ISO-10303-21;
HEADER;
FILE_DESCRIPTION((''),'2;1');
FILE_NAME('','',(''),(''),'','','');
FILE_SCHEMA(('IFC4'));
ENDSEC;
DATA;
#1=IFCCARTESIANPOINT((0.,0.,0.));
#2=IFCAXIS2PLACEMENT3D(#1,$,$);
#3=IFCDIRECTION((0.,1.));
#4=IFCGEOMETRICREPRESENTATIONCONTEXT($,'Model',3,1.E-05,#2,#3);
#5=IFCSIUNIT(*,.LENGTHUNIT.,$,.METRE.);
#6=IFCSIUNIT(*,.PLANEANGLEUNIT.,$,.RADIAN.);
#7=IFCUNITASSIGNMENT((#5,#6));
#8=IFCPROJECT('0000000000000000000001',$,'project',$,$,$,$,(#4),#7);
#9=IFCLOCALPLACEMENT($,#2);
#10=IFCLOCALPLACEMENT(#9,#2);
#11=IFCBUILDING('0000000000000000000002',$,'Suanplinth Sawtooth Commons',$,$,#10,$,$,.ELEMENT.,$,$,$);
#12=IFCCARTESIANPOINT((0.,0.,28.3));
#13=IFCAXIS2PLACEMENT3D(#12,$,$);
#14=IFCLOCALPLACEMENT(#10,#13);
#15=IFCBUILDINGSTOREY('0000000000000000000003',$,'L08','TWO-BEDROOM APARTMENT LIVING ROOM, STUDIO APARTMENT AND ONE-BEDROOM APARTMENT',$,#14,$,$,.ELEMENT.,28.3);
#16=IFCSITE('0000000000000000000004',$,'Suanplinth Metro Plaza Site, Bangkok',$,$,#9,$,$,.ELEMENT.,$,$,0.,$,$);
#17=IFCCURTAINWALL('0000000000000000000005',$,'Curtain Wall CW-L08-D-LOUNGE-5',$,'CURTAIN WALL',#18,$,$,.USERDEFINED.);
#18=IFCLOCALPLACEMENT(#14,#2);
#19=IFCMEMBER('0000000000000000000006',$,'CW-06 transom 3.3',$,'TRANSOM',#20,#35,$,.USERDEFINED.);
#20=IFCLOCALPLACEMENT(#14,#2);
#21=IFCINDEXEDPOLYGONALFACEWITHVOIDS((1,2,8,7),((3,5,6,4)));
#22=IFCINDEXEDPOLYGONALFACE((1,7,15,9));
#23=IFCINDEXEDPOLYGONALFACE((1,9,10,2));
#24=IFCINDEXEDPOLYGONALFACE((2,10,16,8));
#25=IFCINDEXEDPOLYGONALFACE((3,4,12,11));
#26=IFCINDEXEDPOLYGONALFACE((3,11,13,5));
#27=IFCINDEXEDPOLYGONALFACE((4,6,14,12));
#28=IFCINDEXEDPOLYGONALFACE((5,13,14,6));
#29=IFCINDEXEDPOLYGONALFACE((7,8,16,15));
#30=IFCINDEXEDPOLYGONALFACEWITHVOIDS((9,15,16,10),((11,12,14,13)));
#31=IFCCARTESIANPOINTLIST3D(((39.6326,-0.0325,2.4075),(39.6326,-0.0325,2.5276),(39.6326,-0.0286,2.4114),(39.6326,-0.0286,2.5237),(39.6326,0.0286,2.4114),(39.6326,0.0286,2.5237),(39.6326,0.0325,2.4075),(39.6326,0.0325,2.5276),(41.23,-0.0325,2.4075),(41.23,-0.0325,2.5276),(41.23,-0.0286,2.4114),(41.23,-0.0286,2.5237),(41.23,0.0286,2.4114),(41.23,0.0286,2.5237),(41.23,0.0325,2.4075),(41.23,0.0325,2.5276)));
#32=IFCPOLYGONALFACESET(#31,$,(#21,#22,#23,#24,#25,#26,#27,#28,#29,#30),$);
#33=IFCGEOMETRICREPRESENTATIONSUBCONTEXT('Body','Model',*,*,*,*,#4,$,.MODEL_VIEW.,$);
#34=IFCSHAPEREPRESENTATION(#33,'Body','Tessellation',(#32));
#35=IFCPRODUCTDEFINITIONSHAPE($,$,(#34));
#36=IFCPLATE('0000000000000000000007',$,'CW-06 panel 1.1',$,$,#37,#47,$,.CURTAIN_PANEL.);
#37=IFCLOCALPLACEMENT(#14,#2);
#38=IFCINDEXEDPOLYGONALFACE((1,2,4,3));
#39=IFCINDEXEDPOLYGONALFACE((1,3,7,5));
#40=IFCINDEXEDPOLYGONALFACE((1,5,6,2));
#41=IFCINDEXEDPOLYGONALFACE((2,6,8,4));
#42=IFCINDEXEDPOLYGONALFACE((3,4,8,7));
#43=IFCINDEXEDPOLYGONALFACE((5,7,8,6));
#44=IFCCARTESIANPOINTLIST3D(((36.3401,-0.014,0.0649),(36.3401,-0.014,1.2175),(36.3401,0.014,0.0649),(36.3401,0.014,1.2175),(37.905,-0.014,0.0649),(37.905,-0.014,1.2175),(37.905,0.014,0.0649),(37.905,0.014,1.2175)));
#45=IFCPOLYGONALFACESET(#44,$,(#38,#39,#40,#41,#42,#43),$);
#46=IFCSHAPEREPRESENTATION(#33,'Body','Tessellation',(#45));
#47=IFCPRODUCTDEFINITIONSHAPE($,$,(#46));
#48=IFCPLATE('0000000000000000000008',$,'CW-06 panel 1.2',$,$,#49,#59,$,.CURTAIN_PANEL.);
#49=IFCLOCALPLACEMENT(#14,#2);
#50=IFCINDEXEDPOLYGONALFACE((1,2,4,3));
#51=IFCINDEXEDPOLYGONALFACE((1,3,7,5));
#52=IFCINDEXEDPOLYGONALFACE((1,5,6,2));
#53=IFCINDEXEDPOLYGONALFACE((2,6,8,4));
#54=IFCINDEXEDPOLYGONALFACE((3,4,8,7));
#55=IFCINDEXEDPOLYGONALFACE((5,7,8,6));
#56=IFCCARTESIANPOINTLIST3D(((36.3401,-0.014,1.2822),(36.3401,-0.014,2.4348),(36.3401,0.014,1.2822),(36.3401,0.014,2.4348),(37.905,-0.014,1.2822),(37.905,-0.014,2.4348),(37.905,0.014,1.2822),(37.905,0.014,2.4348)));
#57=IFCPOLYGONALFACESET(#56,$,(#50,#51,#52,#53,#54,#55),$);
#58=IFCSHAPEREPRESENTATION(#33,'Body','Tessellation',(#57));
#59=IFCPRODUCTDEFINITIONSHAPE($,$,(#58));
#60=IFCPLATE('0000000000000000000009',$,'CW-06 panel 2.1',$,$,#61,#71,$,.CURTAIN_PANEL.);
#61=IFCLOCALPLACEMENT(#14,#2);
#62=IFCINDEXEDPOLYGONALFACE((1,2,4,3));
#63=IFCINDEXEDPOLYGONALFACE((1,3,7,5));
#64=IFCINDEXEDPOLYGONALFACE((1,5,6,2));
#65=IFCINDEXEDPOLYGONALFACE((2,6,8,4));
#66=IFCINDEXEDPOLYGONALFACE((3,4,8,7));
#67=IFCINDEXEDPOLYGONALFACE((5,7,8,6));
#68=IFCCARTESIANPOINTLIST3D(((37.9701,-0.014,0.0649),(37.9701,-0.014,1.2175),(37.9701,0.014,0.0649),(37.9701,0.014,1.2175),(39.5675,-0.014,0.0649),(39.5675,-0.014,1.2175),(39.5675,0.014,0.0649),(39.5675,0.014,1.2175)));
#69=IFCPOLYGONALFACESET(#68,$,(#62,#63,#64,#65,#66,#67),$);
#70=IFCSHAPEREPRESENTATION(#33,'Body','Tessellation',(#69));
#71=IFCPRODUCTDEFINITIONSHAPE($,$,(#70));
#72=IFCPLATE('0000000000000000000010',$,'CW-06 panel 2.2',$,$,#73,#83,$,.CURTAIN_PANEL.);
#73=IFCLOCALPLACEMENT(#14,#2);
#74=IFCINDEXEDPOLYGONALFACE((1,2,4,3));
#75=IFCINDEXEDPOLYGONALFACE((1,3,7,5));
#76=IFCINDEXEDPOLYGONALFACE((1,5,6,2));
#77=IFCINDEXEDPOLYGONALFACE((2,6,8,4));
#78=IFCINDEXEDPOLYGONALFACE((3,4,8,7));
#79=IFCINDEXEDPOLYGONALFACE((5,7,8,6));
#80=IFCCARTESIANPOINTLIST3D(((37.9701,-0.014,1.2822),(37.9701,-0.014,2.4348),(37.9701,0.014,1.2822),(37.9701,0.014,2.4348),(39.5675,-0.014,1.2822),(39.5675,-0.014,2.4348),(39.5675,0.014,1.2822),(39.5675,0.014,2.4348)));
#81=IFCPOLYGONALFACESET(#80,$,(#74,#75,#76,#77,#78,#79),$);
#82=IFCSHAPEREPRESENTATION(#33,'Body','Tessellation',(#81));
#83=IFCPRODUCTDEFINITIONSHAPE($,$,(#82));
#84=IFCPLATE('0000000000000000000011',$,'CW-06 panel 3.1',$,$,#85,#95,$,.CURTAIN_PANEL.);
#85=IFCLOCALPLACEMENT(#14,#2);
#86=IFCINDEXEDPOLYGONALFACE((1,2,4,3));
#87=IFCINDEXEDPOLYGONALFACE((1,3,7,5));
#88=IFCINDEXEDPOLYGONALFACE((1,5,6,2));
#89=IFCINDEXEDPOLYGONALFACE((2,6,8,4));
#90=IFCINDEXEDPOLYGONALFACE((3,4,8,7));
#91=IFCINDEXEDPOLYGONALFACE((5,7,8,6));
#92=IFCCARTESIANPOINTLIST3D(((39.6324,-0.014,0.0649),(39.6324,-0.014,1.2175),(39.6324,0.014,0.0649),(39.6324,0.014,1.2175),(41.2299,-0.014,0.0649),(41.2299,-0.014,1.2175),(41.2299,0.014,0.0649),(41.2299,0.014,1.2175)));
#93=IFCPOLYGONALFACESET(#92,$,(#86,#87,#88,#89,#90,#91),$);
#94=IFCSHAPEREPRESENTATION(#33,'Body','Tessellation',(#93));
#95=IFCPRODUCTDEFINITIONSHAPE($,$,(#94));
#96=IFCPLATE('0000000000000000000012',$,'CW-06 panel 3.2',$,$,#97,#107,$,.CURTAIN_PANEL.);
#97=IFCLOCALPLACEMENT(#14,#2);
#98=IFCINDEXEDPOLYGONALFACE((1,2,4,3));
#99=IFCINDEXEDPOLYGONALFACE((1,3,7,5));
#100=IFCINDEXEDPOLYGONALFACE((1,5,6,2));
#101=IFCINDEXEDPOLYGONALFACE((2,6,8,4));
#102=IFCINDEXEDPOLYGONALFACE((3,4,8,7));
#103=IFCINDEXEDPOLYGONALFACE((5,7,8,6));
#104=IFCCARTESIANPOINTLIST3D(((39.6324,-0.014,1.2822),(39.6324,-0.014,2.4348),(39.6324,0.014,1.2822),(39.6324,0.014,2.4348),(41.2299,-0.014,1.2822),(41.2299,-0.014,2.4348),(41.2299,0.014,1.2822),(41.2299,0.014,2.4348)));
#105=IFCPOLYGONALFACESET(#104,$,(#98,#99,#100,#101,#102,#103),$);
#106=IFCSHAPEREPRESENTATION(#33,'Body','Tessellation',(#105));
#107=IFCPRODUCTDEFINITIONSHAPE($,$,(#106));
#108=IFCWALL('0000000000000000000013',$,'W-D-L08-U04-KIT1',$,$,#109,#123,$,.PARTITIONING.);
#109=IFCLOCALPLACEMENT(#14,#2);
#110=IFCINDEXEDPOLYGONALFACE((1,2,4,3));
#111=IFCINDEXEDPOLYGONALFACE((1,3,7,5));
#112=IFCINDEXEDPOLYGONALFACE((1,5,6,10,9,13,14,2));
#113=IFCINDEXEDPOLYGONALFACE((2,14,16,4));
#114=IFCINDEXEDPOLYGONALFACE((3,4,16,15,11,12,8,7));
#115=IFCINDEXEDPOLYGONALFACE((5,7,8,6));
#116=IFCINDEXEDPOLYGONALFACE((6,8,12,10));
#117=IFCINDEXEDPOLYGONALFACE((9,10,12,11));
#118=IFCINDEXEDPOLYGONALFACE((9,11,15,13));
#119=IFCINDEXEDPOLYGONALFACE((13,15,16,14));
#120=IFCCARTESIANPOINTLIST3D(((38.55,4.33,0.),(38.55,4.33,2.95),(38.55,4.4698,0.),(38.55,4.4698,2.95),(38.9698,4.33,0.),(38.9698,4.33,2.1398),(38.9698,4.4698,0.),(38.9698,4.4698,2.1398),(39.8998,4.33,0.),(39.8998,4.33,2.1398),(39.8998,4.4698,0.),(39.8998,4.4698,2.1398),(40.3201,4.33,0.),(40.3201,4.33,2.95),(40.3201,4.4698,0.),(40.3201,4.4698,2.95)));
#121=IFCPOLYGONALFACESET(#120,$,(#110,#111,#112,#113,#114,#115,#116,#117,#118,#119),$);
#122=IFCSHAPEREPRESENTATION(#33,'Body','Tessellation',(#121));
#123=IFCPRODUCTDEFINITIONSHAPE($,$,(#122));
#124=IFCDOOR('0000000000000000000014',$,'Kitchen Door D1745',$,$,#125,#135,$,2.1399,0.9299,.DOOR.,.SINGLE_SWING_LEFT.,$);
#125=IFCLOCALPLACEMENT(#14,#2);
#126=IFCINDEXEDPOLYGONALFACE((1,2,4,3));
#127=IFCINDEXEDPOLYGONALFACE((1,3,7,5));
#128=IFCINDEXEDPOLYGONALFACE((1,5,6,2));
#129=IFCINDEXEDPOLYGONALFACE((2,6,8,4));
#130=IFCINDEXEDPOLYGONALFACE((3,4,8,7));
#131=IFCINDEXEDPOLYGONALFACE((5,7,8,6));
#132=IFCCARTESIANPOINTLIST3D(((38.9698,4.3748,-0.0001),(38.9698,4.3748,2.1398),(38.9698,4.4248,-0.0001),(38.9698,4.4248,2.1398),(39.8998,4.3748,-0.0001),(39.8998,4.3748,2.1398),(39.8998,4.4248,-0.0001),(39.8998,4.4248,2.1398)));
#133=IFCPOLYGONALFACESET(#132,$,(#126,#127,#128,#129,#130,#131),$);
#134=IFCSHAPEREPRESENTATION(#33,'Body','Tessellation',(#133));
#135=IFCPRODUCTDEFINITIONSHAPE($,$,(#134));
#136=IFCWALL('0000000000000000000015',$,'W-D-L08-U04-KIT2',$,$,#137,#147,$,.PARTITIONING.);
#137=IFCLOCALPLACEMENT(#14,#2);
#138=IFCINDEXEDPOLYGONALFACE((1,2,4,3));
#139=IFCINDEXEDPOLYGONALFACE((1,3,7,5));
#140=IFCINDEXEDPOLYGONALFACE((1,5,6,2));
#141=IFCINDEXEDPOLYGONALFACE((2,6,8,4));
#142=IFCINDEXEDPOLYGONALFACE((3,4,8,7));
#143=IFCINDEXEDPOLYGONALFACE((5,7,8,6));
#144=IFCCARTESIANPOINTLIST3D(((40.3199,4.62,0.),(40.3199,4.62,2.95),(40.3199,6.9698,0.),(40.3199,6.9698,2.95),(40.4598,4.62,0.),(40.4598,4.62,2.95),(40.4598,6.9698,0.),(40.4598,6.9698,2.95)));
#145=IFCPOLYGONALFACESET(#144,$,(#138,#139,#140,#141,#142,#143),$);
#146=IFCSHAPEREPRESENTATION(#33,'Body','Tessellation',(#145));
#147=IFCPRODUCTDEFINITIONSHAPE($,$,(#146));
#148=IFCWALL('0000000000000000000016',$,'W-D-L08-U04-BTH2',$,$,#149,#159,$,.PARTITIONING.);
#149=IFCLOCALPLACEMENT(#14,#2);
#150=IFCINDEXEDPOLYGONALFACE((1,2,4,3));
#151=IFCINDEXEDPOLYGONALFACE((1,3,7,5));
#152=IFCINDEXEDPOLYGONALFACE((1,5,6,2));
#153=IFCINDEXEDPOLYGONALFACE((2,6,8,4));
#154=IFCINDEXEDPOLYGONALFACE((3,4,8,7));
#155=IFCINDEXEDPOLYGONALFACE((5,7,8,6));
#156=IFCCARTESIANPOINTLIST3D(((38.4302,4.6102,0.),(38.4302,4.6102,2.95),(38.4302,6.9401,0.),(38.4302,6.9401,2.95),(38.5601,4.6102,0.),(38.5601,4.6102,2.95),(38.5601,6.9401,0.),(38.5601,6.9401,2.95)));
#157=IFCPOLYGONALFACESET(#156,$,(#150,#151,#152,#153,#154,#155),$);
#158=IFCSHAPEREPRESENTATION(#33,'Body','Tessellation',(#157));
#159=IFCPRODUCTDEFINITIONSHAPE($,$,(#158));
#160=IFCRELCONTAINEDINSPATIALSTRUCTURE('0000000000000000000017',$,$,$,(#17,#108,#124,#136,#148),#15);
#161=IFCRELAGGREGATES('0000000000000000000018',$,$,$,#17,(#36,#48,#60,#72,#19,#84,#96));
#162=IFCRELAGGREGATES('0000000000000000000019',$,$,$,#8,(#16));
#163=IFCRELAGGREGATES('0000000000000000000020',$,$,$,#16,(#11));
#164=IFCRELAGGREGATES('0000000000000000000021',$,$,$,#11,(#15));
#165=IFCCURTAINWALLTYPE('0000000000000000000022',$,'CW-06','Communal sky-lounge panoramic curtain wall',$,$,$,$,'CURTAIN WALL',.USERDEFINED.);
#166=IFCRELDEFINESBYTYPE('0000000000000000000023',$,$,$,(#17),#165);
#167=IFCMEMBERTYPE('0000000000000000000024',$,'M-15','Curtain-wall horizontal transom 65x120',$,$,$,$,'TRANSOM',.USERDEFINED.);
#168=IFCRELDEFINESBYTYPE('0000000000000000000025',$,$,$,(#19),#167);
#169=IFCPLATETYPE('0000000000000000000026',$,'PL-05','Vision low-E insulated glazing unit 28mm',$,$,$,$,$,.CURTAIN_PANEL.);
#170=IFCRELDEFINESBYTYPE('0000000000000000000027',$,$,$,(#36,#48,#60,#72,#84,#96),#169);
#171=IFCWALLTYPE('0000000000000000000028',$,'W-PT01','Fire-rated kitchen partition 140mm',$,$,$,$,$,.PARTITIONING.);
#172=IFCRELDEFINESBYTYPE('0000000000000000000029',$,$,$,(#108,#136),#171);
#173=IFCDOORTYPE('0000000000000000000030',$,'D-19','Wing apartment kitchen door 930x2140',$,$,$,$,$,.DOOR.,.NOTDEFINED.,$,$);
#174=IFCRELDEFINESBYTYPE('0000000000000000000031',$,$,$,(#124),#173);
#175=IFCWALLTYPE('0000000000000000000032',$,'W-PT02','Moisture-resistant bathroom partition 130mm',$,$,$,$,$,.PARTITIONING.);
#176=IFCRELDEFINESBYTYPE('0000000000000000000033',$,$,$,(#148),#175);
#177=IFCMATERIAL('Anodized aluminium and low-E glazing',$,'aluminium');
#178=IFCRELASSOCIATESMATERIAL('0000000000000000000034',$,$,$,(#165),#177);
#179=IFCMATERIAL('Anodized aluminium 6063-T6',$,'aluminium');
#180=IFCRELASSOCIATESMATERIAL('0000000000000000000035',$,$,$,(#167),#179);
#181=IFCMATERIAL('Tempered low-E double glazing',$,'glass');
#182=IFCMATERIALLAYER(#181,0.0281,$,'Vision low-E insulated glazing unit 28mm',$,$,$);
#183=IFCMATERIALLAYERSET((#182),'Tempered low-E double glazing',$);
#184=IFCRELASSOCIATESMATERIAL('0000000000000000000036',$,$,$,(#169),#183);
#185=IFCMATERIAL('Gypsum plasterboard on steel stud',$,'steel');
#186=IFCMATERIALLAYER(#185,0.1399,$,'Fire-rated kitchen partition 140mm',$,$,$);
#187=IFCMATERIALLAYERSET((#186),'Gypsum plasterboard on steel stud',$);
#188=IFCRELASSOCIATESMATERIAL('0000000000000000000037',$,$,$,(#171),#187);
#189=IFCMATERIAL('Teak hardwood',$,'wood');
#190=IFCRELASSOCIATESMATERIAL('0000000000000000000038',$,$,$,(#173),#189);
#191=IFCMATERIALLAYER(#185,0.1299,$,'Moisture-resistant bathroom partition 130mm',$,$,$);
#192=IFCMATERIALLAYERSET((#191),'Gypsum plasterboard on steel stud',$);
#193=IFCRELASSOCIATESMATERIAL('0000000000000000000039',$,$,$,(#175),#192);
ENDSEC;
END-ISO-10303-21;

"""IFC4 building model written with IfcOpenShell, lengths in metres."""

from ifc_helpers import new_model, si_unit, direction, frame, frame_2d, origin, origin_2d, place, context, subcontext, project, spatial, rectangle, hollow_rectangle, extrude, material, layer, layer_set, material_profile, profile_set, type_object, element, fill, aggregate, save


model = new_model("IFC4")

# Units and contexts
model_context = context("Model", 3, precision=1e-05, world=origin(), true_north=direction((0.0, 1.0)))
body_context = subcontext(model_context, "Body", "Model", "MODEL_VIEW")
ifc_project = project(units=[si_unit("LENGTHUNIT", "METRE"), si_unit("PLANEANGLEUNIT", "RADIAN")], contexts=[model_context])

# Site, building, storey
site_placement = place(None, origin())
site = spatial("IfcSite", under=ifc_project, at=site_placement, Name="Suanplinth Metro Plaza Site, Bangkok", CompositionType="ELEMENT", RefElevation=0.0)
building_placement = place(site_placement, origin())
building = spatial("IfcBuilding", under=site, at=building_placement, Name="Suanplinth Sawtooth Commons", CompositionType="ELEMENT")
storey_placement = place(building_placement, frame((0.0, 0.0, 28.3)))
storey = spatial("IfcBuildingStorey", under=building, at=storey_placement, Name="L08", Description="TWO-BEDROOM APARTMENT LIVING ROOM, STUDIO APARTMENT AND ONE-BEDROOM APARTMENT", CompositionType="ELEMENT", Elevation=28.3)

# Curtain wall, member, plates
ifc_material_1 = material(Name="Anodized aluminium and low-E glazing", Category="aluminium")
curtain_wall_type = type_object("IfcCurtainWallType", Name="CW-06", Description="Communal sky-lounge panoramic curtain wall", ElementType="CURTAIN WALL", PredefinedType="USERDEFINED", material=ifc_material_1)
curtain_wall_placement = place(storey_placement, origin())
curtain_wall = element("IfcCurtainWall", 1, at=curtain_wall_placement, inside=storey, type_object=curtain_wall_type, Name="Curtain Wall CW-L08-D-LOUNGE-5", ObjectType="CURTAIN WALL", PredefinedType="USERDEFINED")
ifc_material_2 = material(Name="Anodized aluminium 6063-T6", Category="aluminium")
ifc_material_profile_1 = material_profile(ifc_material_2, hollow_rectangle(XDim=0.0649, YDim=0.1201, WallThickness=0.0039, at=origin_2d()), Name="ALU-TRN 65x120")
ifc_profile_set_1 = profile_set([ifc_material_profile_1], Name="Anodized aluminium 6063-T6")
member_type_1 = type_object("IfcMemberType", Name="M-15", Description="Curtain-wall horizontal transom 65x120", ElementType="TRANSOM", PredefinedType="USERDEFINED", material=ifc_profile_set_1)
member_1_placement = place(storey_placement, frame((39.6326, 0.0, 2.4675), z_axis=(1.0, 0.0, 0.0), x_axis=(0.0, 1.0, 0.0)))
member_1 = element("IfcMember", 2, at=member_1_placement, type_object=member_type_1, Name="CW-06 transom 3.3", ObjectType="TRANSOM", PredefinedType="USERDEFINED", context=body_context, shape_type="SweptSolid", body=[
    extrude(hollow_rectangle(XDim=0.0649, YDim=0.1201, WallThickness=0.0039, at=origin_2d()), origin(), (0.0, 0.0, 1.0), 1.5974),
])
ifc_material_3 = material(Name="Tempered low-E double glazing", Category="glass")
ifc_layer_1 = layer(ifc_material_3, 0.0281, Name="Vision low-E insulated glazing unit 28mm")
ifc_layer_set_1 = layer_set([ifc_layer_1], Name="Tempered low-E double glazing")
plate_type = type_object("IfcPlateType", Name="PL-05", Description="Vision low-E insulated glazing unit 28mm", PredefinedType="CURTAIN_PANEL", material=ifc_layer_set_1)
plate_1_placement = place(storey_placement, frame((37.1226, 0.0, 0.0649), z_axis=(0.0, 0.0, 1.0), x_axis=(1.0, 0.0, 0.0)))
plate_1 = element("IfcPlate", 3, at=plate_1_placement, type_object=plate_type, Name="CW-06 panel 1.1", PredefinedType="CURTAIN_PANEL", context=body_context, shape_type="SweptSolid", body=[
    extrude(rectangle(XDim=1.5649, YDim=0.0281, at=origin_2d()), origin(), (0.0, 0.0, 1.0), 1.1526),
])
plate_2_placement = place(storey_placement, frame((37.1226, 0.0, 1.2822), z_axis=(0.0, 0.0, 1.0), x_axis=(1.0, 0.0, 0.0)))
plate_2 = element("IfcPlate", 4, at=plate_2_placement, type_object=plate_type, Name="CW-06 panel 1.2", PredefinedType="CURTAIN_PANEL", context=body_context, shape_type="SweptSolid", body=[
    extrude(rectangle(XDim=1.5649, YDim=0.0281, at=origin_2d()), origin(), (0.0, 0.0, 1.0), 1.1526),
])
plate_3_placement = place(storey_placement, frame((38.7688, 0.0, 0.0649), z_axis=(0.0, 0.0, 1.0), x_axis=(1.0, 0.0, 0.0)))
plate_3 = element("IfcPlate", 5, at=plate_3_placement, type_object=plate_type, Name="CW-06 panel 2.1", PredefinedType="CURTAIN_PANEL", context=body_context, shape_type="SweptSolid", body=[
    extrude(rectangle(XDim=1.5974, YDim=0.0281, at=origin_2d()), origin(), (0.0, 0.0, 1.0), 1.1526),
])
plate_4_placement = place(storey_placement, frame((38.7688, 0.0, 1.2822), z_axis=(0.0, 0.0, 1.0), x_axis=(1.0, 0.0, 0.0)))
plate_4 = element("IfcPlate", 6, at=plate_4_placement, type_object=plate_type, Name="CW-06 panel 2.2", PredefinedType="CURTAIN_PANEL", context=body_context, shape_type="SweptSolid", body=[
    extrude(rectangle(XDim=1.5974, YDim=0.0281, at=origin_2d()), origin(), (0.0, 0.0, 1.0), 1.1526),
])
plate_5_placement = place(storey_placement, frame((40.4312, 0.0, 0.0649), z_axis=(0.0, 0.0, 1.0), x_axis=(1.0, 0.0, 0.0)))
plate_5 = element("IfcPlate", 7, at=plate_5_placement, type_object=plate_type, Name="CW-06 panel 3.1", PredefinedType="CURTAIN_PANEL", context=body_context, shape_type="SweptSolid", body=[
    extrude(rectangle(XDim=1.5974, YDim=0.0281, at=origin_2d()), origin(), (0.0, 0.0, 1.0), 1.1526),
])
plate_6_placement = place(storey_placement, frame((40.4312, 0.0, 1.2822), z_axis=(0.0, 0.0, 1.0), x_axis=(1.0, 0.0, 0.0)))
plate_6 = element("IfcPlate", 8, at=plate_6_placement, type_object=plate_type, Name="CW-06 panel 3.2", PredefinedType="CURTAIN_PANEL", context=body_context, shape_type="SweptSolid", body=[
    extrude(rectangle(XDim=1.5974, YDim=0.0281, at=origin_2d()), origin(), (0.0, 0.0, 1.0), 1.1526),
])
aggregate(curtain_wall, [plate_1, plate_2, plate_3, plate_4, member_1, plate_5, plate_6])

# Wall, opening, door
ifc_material_4 = material(Name="Gypsum plasterboard on steel stud", Category="steel")
ifc_layer_2 = layer(ifc_material_4, 0.1399, Name="Fire-rated kitchen partition 140mm")
ifc_layer_set_2 = layer_set([ifc_layer_2], Name="Gypsum plasterboard on steel stud")
wall_type_1 = type_object("IfcWallType", Name="W-PT01", Description="Fire-rated kitchen partition 140mm", PredefinedType="PARTITIONING", material=ifc_layer_set_2)
wall_1_placement = place(storey_placement, frame((38.55, 4.3999, 0.0), z_axis=(0.0, 0.0, 1.0), x_axis=(1.0, 0.0, 0.0)))
wall_1 = element("IfcWall", 9, at=wall_1_placement, inside=storey, type_object=wall_type_1, Name="W-D-L08-U04-KIT1", PredefinedType="PARTITIONING", context=body_context, shape_type="SweptSolid", body=[
    extrude(rectangle(XDim=1.77, YDim=0.1399, at=frame_2d((0.885, 0.0))), origin(), (0.0, 0.0, 1.0), 2.95),
])
opening_1_placement = place(wall_1_placement, frame((0.4199, 0.0, 0.0)))
opening_1 = element("IfcOpeningElement", 10, at=opening_1_placement, cuts=wall_1, PredefinedType="OPENING", context=body_context, shape_type="SweptSolid", body=[
    extrude(rectangle(XDim=0.9299, YDim=2.1399, at=frame_2d((0.4648, 1.0698))), frame((0.0, 0.085, 0.0), z_axis=(0.0, -1.0, 0.0), x_axis=(1.0, 0.0, 0.0)), (0.0, 0.0, 1.0), 0.1697),
])
ifc_material_5 = material(Name="Teak hardwood", Category="wood")
door_type_1 = type_object("IfcDoorType", Name="D-19", Description="Wing apartment kitchen door 930x2140", OperationType="NOTDEFINED", PredefinedType="DOOR", material=ifc_material_5)
door_1_placement = place(opening_1_placement, origin())
door_1 = element("IfcDoor", 11, at=door_1_placement, inside=storey, type_object=door_type_1, Name="Kitchen Door D1745", OperationType="SINGLE_SWING_LEFT", OverallHeight=2.1399, OverallWidth=0.9299, PredefinedType="DOOR", context=body_context, shape_type="SweptSolid", body=[
    extrude(rectangle(XDim=0.9299, YDim=2.1399, at=frame_2d((0.4648, 1.0698))), frame((0.0, 0.0249, 0.0), z_axis=(0.0, -1.0, 0.0), x_axis=(1.0, 0.0, 0.0)), (0.0, 0.0, 1.0), 0.05),
])
fill(opening_1, door_1)

# Walls
wall_2_placement = place(storey_placement, frame((40.3899, 4.6201, 0.0), z_axis=(0.0, 0.0, 1.0), x_axis=(0.0, 1.0, 0.0)))
element("IfcWall", 12, at=wall_2_placement, inside=storey, type_object=wall_type_1, Name="W-D-L08-U04-KIT2", PredefinedType="PARTITIONING", context=body_context, shape_type="SweptSolid", body=[
    extrude(rectangle(XDim=2.3499, YDim=0.1399, at=frame_2d((1.1748, 0.0))), origin(), (0.0, 0.0, 1.0), 2.95),
])
ifc_layer_3 = layer(ifc_material_4, 0.1299, Name="Moisture-resistant bathroom partition 130mm")
ifc_layer_set_3 = layer_set([ifc_layer_3], Name="Gypsum plasterboard on steel stud")
wall_type_2 = type_object("IfcWallType", Name="W-PT02", Description="Moisture-resistant bathroom partition 130mm", PredefinedType="PARTITIONING", material=ifc_layer_set_3)
wall_3_placement = place(storey_placement, frame((38.4951, 4.6101, 0.0), z_axis=(0.0, 0.0, 1.0), x_axis=(0.0, 1.0, 0.0)))
element("IfcWall", 13, at=wall_3_placement, inside=storey, type_object=wall_type_2, Name="W-D-L08-U04-BTH2", PredefinedType="PARTITIONING", context=body_context, shape_type="SweptSolid", body=[
    extrude(rectangle(XDim=2.3298, YDim=0.1299, at=frame_2d((1.165, 0.0))), origin(), (0.0, 0.0, 1.0), 2.95),
])

save(model, "model.ifc")
